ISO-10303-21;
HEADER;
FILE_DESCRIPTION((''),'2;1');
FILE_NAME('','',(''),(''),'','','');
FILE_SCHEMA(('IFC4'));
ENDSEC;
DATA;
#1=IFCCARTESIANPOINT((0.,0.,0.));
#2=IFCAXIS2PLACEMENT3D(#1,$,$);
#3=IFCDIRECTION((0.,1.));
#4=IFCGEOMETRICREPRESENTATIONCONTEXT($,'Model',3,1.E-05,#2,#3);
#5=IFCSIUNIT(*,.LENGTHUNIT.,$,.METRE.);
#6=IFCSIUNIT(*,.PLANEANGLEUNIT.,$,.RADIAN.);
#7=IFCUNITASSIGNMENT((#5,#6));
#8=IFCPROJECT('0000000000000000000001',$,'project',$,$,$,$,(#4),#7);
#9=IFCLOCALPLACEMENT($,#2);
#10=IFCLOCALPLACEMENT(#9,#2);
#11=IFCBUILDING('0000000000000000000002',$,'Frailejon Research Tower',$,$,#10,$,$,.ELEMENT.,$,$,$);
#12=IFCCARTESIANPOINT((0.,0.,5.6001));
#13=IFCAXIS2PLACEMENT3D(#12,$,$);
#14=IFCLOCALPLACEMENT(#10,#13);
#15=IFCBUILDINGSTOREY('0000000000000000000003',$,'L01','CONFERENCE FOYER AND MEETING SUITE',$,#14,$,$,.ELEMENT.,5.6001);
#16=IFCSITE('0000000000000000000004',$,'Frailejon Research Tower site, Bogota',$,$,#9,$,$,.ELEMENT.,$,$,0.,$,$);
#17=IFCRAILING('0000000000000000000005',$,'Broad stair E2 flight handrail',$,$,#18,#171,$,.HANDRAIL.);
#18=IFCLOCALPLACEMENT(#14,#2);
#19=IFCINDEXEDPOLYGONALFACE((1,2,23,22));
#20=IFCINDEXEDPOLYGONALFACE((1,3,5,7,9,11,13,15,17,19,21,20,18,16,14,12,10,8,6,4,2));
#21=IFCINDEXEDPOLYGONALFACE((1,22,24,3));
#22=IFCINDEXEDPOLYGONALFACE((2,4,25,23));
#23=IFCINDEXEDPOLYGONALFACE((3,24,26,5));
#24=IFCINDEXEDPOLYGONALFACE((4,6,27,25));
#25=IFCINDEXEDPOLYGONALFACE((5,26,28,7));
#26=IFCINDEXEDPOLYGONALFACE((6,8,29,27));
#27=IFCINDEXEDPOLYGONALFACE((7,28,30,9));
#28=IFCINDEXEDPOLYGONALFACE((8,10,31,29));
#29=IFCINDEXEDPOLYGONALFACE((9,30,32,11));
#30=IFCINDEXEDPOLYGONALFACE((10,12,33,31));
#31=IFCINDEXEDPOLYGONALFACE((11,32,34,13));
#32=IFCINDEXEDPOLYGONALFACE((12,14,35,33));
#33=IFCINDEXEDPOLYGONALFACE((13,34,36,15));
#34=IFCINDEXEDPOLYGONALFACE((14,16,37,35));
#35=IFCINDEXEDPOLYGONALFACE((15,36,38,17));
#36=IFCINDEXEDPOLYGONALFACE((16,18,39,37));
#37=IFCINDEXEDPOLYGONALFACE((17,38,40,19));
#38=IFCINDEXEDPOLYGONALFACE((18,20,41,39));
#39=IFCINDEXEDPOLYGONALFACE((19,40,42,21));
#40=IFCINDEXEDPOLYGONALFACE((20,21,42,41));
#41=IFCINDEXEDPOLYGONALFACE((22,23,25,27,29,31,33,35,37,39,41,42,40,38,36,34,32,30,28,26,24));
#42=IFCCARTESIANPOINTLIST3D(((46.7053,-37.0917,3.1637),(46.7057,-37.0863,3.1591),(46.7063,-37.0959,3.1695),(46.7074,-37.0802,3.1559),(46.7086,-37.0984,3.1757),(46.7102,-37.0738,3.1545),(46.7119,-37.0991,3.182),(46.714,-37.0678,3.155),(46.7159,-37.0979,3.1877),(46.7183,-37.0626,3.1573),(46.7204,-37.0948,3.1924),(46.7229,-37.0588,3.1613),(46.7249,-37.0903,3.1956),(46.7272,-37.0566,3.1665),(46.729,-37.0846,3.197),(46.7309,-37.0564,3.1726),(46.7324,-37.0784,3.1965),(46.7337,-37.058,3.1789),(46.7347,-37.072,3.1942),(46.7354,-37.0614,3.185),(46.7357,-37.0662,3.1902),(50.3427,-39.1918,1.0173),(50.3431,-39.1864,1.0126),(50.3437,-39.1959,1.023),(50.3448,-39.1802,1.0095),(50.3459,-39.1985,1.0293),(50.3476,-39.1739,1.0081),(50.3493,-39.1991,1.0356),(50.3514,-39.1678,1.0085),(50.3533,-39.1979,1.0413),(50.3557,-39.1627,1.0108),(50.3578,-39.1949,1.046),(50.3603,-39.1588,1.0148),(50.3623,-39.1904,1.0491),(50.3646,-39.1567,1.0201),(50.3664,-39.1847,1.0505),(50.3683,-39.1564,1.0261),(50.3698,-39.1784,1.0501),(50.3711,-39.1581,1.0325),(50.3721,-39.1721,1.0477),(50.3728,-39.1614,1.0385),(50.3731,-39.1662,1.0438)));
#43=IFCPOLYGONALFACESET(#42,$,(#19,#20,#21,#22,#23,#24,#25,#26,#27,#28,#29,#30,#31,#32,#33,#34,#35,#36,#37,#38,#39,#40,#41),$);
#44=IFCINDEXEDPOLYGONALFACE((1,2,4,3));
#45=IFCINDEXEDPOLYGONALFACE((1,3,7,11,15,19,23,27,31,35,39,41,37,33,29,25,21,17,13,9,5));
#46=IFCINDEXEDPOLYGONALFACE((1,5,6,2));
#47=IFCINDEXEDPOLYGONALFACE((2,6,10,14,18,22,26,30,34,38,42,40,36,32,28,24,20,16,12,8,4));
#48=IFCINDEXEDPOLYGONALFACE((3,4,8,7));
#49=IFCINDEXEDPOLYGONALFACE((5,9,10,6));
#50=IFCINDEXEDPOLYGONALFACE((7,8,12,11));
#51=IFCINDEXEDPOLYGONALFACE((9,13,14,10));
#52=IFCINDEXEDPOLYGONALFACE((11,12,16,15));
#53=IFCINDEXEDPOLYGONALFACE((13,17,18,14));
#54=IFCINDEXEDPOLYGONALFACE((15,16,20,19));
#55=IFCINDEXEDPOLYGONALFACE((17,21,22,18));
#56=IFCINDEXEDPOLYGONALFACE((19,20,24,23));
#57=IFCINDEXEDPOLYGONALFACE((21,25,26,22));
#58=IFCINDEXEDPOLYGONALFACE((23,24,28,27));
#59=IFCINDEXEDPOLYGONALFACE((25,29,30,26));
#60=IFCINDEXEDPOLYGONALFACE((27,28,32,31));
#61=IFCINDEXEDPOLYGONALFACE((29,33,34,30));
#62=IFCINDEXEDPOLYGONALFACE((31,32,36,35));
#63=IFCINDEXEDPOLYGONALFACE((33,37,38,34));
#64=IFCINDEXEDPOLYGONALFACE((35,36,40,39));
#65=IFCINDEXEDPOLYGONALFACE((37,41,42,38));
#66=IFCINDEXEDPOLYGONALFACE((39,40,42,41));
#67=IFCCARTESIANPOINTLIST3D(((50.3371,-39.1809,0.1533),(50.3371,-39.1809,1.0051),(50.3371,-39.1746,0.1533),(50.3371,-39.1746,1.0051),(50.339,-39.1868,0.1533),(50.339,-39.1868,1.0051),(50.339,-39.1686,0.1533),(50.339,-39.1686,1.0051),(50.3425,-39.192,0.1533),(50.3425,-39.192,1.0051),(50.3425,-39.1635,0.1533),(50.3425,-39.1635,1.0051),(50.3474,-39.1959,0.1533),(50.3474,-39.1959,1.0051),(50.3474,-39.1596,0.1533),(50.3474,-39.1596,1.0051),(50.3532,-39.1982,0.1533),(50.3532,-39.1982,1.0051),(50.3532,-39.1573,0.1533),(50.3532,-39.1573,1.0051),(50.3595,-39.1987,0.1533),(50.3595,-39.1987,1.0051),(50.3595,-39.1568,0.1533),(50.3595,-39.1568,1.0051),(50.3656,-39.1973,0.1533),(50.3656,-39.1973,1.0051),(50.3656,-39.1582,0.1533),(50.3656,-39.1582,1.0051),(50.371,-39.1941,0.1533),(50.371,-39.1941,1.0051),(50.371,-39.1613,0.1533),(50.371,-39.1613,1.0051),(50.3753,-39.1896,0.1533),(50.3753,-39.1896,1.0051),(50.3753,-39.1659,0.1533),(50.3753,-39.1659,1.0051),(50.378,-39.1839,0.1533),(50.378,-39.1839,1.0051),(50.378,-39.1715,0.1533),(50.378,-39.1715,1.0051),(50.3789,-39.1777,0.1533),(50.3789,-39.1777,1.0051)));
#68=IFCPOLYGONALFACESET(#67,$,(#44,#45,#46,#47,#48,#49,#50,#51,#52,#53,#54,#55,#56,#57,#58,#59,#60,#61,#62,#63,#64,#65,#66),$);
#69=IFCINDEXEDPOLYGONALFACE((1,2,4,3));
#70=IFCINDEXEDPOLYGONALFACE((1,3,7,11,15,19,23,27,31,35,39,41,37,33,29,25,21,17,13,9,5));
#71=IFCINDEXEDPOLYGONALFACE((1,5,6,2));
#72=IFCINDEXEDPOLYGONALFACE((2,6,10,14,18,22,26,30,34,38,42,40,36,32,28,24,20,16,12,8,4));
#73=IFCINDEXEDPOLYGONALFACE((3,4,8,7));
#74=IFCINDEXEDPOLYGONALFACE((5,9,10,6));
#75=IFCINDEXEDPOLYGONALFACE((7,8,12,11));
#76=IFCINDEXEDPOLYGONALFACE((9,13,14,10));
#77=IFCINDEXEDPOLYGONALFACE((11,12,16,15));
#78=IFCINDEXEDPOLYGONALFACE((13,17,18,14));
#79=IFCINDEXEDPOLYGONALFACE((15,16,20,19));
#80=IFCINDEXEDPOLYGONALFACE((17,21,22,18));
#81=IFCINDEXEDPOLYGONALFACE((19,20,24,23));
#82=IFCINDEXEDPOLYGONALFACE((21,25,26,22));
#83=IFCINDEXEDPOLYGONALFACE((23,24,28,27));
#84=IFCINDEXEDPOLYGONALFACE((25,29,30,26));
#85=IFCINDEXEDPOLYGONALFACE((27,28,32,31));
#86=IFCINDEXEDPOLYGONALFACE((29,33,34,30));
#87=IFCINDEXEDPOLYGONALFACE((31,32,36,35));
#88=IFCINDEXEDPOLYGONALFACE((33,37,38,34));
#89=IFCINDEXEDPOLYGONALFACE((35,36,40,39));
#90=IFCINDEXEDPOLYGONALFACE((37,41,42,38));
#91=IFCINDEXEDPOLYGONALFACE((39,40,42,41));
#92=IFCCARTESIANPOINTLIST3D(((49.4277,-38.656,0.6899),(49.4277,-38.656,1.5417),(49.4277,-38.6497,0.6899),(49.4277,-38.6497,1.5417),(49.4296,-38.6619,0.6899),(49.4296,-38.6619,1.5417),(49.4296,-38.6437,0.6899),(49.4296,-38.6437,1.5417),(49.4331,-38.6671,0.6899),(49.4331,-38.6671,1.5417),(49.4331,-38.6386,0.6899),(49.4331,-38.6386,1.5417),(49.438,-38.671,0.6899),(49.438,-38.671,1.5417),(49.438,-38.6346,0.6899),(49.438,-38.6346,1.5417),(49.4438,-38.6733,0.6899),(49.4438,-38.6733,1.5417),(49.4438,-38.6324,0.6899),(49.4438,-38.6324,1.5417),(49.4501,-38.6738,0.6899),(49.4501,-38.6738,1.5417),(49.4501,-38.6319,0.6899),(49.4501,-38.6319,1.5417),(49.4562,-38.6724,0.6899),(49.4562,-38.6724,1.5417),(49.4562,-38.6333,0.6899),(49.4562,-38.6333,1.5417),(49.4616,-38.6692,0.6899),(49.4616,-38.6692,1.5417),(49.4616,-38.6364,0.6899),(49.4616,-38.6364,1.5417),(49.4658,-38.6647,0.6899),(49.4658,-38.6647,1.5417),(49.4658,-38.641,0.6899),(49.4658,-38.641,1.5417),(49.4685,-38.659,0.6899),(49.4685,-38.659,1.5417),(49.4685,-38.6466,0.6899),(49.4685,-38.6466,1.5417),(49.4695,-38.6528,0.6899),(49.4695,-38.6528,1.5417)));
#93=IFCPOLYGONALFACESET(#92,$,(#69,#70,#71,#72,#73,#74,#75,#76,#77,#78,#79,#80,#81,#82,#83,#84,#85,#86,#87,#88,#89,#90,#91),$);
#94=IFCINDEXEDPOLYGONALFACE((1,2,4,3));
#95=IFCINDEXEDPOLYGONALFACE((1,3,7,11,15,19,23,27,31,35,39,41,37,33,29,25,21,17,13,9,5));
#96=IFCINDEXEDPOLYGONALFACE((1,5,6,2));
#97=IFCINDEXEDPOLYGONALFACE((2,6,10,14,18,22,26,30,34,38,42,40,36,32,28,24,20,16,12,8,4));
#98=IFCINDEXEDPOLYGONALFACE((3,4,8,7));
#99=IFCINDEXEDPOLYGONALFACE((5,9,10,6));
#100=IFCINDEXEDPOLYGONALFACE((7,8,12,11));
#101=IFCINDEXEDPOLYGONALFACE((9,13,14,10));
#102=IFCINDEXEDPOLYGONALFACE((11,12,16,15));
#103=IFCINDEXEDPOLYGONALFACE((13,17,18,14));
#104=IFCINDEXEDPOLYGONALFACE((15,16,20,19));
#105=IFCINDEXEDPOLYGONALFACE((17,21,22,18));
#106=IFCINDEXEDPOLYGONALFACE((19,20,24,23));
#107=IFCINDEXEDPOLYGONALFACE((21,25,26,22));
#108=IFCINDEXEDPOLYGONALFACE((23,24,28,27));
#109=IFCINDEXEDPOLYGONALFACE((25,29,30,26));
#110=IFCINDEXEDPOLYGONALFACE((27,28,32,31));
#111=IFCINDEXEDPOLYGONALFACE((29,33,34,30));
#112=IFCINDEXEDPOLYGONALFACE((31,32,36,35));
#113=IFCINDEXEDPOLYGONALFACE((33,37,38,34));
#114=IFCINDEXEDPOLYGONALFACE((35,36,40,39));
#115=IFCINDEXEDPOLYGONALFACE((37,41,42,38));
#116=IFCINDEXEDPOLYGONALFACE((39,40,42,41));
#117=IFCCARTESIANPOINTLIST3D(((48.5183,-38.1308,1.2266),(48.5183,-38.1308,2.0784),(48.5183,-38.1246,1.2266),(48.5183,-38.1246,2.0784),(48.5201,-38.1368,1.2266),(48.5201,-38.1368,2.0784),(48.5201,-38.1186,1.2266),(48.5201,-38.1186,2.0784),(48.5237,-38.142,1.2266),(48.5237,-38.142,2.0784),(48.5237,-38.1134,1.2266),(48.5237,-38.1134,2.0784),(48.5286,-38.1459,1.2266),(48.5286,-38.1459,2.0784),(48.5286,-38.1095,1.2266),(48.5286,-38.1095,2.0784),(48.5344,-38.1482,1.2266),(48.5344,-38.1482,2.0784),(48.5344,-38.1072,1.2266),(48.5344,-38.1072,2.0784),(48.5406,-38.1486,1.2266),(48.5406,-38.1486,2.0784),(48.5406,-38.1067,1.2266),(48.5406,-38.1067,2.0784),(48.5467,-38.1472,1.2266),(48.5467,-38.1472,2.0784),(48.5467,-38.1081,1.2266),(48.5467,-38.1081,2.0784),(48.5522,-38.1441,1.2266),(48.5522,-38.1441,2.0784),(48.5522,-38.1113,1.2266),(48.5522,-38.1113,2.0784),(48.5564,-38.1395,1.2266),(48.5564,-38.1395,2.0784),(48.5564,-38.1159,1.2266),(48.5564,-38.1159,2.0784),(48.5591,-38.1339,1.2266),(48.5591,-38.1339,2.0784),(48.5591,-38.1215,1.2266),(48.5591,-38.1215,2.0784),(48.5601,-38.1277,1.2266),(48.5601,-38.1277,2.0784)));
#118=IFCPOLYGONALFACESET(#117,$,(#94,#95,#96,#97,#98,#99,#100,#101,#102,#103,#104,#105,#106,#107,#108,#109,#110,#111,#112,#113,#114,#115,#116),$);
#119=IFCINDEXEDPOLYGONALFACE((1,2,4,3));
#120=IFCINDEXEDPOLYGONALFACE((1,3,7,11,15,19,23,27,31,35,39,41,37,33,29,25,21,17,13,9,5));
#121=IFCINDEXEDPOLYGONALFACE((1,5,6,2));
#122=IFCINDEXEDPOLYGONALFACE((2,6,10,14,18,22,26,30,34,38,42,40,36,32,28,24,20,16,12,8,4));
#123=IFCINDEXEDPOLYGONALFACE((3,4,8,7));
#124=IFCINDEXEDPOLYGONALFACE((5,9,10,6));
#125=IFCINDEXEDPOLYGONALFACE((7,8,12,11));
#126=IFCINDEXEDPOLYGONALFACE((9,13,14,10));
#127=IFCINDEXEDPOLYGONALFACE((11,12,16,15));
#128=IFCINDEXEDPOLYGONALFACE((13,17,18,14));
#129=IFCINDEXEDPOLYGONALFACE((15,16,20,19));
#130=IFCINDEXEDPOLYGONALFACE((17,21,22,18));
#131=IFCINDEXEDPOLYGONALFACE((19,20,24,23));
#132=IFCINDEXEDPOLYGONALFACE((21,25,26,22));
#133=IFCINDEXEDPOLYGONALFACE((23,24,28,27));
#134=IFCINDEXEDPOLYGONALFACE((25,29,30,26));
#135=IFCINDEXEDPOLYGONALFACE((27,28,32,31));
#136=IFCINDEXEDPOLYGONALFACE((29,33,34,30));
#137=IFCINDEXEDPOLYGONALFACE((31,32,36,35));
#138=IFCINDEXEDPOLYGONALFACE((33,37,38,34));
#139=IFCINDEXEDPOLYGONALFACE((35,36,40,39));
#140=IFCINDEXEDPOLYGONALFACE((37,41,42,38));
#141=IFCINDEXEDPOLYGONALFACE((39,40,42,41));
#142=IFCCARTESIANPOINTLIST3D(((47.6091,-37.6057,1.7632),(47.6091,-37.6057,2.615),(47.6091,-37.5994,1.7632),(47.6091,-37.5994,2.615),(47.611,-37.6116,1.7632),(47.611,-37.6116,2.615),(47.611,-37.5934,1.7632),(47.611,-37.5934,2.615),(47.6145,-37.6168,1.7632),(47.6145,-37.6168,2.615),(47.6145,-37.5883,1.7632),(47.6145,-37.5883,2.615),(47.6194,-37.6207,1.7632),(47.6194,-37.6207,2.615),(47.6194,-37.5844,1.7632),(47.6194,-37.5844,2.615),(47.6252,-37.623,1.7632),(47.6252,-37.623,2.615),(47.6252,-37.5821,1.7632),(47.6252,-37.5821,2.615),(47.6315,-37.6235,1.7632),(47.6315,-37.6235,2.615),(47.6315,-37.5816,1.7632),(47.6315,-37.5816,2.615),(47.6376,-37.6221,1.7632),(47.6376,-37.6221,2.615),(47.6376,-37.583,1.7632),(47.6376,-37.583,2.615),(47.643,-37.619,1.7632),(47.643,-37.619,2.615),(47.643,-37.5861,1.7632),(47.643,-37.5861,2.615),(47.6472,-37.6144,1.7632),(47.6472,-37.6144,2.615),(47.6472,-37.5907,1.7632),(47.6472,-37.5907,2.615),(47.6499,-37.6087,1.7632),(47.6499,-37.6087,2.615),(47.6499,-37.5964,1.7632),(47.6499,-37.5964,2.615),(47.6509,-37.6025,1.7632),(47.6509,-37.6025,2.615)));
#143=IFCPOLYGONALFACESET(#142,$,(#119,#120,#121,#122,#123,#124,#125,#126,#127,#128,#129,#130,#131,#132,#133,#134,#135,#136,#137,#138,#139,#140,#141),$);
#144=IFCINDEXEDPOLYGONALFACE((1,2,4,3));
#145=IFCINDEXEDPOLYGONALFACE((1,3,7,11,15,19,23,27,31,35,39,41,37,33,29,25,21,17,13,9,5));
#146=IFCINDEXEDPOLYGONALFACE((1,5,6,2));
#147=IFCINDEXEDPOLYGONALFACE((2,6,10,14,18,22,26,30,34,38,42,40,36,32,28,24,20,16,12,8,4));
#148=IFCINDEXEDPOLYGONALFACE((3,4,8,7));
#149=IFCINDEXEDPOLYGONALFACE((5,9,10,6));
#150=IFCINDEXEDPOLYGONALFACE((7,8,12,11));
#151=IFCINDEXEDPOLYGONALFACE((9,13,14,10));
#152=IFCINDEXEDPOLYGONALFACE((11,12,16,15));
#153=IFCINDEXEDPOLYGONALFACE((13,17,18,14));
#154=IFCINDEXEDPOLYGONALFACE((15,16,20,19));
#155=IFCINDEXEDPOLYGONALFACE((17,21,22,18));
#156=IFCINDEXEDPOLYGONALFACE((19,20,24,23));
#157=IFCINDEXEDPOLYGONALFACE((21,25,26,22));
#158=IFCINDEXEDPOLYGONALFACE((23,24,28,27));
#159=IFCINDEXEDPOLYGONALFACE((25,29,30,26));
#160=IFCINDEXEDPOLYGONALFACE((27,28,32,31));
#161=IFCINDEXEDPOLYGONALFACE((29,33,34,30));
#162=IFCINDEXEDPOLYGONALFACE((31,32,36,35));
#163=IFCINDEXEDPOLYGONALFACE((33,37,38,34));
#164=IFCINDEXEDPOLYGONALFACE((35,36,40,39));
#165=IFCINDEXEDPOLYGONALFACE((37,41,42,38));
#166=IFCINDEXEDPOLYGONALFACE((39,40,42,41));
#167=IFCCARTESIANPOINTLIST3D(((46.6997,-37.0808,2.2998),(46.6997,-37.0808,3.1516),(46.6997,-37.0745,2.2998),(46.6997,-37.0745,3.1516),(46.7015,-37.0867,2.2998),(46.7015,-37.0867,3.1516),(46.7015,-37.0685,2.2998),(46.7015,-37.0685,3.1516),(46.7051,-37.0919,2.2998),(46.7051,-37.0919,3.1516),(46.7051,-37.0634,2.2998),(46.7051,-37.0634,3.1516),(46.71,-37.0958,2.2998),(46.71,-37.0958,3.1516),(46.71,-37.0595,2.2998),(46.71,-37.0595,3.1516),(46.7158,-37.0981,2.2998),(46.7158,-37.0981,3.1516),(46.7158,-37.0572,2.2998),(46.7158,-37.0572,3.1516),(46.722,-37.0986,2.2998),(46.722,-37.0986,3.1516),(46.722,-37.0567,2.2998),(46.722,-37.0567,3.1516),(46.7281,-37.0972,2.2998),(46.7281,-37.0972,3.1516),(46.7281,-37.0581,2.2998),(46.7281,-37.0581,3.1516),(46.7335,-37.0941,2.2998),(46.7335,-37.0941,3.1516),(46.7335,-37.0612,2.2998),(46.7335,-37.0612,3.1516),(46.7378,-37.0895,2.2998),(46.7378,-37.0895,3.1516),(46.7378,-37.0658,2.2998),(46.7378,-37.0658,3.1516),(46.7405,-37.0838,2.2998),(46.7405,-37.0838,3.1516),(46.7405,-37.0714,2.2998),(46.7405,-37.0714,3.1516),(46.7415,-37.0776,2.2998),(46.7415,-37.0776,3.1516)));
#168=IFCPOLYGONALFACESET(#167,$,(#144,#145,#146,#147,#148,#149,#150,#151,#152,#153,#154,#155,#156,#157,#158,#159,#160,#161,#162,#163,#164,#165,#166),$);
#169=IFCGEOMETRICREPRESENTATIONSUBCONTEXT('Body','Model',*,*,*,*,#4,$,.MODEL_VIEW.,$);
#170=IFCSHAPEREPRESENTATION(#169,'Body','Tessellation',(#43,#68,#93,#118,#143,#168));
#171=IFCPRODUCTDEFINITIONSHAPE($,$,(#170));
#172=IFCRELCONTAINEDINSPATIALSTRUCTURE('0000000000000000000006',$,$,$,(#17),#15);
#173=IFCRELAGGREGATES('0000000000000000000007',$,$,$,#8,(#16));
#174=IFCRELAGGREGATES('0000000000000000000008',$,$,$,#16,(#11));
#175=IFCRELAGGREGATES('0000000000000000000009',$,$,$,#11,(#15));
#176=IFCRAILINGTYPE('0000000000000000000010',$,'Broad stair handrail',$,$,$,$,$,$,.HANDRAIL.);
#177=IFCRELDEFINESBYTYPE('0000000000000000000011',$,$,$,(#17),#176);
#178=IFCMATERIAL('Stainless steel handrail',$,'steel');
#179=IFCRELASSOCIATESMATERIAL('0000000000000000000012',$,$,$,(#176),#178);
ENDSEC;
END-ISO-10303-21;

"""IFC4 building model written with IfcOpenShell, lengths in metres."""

from ifc_helpers import new_model, si_unit, direction, frame, origin, origin_2d, place, context, subcontext, project, spatial, circle, extrude, material, type_object, element, save


model = new_model("IFC4")

# Units and contexts
model_context = context("Model", 3, precision=1e-05, world=origin(), true_north=direction((0.0, 1.0)))
body_context = subcontext(model_context, "Body", "Model", "MODEL_VIEW")
ifc_project = project(units=[si_unit("LENGTHUNIT", "METRE"), si_unit("PLANEANGLEUNIT", "RADIAN")], contexts=[model_context])

# Site, building, storey
site_placement = place(None, origin())
site = spatial("IfcSite", under=ifc_project, at=site_placement, Name="Frailejon Research Tower site, Bogota", CompositionType="ELEMENT", RefElevation=0.0)
building_placement = place(site_placement, origin())
building = spatial("IfcBuilding", under=site, at=building_placement, Name="Frailejon Research Tower", CompositionType="ELEMENT")
storey_placement = place(building_placement, frame((0.0, 0.0, 5.6001)))
storey = spatial("IfcBuildingStorey", under=building, at=storey_placement, Name="L01", Description="CONFERENCE FOYER AND MEETING SUITE", CompositionType="ELEMENT", Elevation=5.6001)

# Railing
ifc_material_1 = material(Name="Stainless steel handrail", Category="steel")
railing_type_1 = type_object("IfcRailingType", Name="Broad stair handrail", PredefinedType="HANDRAIL", material=ifc_material_1)
railing_1_placement = place(storey_placement, frame((50.3579, -39.1777, 0.1533)))
element("IfcRailing", 1, at=railing_1_placement, inside=storey, type_object=railing_type_1, Name="Broad stair E2 flight handrail", PredefinedType="HANDRAIL", context=body_context, shape_type="SweptSolid", body=[
    extrude(circle(Radius=0.0239, at=origin_2d()), frame((0.0, 0.0, 0.876), z_axis=(-0.771158, 0.445231, 0.455065), x_axis=(-0.500003, -0.866024, 0.0)), (0.0, 0.0, 1.0), 4.7168),
    extrude(circle(Radius=0.021, at=origin_2d()), origin(), (0.0, 0.0, 1.0), 0.8518),
    extrude(circle(Radius=0.021, at=origin_2d()), frame((-0.9094, 0.5249, 0.5366)), (0.0, 0.0, 1.0), 0.8518),
    extrude(circle(Radius=0.021, at=origin_2d()), frame((-1.8188, 1.05, 1.0732)), (0.0, 0.0, 1.0), 0.8518),
    extrude(circle(Radius=0.021, at=origin_2d()), frame((-2.728, 1.5752, 1.6099)), (0.0, 0.0, 1.0), 0.8518),
    extrude(circle(Radius=0.021, at=origin_2d()), frame((-3.6375, 2.1001, 2.1465)), (0.0, 0.0, 1.0), 0.8518),
])

save(model, "model.ifc")
